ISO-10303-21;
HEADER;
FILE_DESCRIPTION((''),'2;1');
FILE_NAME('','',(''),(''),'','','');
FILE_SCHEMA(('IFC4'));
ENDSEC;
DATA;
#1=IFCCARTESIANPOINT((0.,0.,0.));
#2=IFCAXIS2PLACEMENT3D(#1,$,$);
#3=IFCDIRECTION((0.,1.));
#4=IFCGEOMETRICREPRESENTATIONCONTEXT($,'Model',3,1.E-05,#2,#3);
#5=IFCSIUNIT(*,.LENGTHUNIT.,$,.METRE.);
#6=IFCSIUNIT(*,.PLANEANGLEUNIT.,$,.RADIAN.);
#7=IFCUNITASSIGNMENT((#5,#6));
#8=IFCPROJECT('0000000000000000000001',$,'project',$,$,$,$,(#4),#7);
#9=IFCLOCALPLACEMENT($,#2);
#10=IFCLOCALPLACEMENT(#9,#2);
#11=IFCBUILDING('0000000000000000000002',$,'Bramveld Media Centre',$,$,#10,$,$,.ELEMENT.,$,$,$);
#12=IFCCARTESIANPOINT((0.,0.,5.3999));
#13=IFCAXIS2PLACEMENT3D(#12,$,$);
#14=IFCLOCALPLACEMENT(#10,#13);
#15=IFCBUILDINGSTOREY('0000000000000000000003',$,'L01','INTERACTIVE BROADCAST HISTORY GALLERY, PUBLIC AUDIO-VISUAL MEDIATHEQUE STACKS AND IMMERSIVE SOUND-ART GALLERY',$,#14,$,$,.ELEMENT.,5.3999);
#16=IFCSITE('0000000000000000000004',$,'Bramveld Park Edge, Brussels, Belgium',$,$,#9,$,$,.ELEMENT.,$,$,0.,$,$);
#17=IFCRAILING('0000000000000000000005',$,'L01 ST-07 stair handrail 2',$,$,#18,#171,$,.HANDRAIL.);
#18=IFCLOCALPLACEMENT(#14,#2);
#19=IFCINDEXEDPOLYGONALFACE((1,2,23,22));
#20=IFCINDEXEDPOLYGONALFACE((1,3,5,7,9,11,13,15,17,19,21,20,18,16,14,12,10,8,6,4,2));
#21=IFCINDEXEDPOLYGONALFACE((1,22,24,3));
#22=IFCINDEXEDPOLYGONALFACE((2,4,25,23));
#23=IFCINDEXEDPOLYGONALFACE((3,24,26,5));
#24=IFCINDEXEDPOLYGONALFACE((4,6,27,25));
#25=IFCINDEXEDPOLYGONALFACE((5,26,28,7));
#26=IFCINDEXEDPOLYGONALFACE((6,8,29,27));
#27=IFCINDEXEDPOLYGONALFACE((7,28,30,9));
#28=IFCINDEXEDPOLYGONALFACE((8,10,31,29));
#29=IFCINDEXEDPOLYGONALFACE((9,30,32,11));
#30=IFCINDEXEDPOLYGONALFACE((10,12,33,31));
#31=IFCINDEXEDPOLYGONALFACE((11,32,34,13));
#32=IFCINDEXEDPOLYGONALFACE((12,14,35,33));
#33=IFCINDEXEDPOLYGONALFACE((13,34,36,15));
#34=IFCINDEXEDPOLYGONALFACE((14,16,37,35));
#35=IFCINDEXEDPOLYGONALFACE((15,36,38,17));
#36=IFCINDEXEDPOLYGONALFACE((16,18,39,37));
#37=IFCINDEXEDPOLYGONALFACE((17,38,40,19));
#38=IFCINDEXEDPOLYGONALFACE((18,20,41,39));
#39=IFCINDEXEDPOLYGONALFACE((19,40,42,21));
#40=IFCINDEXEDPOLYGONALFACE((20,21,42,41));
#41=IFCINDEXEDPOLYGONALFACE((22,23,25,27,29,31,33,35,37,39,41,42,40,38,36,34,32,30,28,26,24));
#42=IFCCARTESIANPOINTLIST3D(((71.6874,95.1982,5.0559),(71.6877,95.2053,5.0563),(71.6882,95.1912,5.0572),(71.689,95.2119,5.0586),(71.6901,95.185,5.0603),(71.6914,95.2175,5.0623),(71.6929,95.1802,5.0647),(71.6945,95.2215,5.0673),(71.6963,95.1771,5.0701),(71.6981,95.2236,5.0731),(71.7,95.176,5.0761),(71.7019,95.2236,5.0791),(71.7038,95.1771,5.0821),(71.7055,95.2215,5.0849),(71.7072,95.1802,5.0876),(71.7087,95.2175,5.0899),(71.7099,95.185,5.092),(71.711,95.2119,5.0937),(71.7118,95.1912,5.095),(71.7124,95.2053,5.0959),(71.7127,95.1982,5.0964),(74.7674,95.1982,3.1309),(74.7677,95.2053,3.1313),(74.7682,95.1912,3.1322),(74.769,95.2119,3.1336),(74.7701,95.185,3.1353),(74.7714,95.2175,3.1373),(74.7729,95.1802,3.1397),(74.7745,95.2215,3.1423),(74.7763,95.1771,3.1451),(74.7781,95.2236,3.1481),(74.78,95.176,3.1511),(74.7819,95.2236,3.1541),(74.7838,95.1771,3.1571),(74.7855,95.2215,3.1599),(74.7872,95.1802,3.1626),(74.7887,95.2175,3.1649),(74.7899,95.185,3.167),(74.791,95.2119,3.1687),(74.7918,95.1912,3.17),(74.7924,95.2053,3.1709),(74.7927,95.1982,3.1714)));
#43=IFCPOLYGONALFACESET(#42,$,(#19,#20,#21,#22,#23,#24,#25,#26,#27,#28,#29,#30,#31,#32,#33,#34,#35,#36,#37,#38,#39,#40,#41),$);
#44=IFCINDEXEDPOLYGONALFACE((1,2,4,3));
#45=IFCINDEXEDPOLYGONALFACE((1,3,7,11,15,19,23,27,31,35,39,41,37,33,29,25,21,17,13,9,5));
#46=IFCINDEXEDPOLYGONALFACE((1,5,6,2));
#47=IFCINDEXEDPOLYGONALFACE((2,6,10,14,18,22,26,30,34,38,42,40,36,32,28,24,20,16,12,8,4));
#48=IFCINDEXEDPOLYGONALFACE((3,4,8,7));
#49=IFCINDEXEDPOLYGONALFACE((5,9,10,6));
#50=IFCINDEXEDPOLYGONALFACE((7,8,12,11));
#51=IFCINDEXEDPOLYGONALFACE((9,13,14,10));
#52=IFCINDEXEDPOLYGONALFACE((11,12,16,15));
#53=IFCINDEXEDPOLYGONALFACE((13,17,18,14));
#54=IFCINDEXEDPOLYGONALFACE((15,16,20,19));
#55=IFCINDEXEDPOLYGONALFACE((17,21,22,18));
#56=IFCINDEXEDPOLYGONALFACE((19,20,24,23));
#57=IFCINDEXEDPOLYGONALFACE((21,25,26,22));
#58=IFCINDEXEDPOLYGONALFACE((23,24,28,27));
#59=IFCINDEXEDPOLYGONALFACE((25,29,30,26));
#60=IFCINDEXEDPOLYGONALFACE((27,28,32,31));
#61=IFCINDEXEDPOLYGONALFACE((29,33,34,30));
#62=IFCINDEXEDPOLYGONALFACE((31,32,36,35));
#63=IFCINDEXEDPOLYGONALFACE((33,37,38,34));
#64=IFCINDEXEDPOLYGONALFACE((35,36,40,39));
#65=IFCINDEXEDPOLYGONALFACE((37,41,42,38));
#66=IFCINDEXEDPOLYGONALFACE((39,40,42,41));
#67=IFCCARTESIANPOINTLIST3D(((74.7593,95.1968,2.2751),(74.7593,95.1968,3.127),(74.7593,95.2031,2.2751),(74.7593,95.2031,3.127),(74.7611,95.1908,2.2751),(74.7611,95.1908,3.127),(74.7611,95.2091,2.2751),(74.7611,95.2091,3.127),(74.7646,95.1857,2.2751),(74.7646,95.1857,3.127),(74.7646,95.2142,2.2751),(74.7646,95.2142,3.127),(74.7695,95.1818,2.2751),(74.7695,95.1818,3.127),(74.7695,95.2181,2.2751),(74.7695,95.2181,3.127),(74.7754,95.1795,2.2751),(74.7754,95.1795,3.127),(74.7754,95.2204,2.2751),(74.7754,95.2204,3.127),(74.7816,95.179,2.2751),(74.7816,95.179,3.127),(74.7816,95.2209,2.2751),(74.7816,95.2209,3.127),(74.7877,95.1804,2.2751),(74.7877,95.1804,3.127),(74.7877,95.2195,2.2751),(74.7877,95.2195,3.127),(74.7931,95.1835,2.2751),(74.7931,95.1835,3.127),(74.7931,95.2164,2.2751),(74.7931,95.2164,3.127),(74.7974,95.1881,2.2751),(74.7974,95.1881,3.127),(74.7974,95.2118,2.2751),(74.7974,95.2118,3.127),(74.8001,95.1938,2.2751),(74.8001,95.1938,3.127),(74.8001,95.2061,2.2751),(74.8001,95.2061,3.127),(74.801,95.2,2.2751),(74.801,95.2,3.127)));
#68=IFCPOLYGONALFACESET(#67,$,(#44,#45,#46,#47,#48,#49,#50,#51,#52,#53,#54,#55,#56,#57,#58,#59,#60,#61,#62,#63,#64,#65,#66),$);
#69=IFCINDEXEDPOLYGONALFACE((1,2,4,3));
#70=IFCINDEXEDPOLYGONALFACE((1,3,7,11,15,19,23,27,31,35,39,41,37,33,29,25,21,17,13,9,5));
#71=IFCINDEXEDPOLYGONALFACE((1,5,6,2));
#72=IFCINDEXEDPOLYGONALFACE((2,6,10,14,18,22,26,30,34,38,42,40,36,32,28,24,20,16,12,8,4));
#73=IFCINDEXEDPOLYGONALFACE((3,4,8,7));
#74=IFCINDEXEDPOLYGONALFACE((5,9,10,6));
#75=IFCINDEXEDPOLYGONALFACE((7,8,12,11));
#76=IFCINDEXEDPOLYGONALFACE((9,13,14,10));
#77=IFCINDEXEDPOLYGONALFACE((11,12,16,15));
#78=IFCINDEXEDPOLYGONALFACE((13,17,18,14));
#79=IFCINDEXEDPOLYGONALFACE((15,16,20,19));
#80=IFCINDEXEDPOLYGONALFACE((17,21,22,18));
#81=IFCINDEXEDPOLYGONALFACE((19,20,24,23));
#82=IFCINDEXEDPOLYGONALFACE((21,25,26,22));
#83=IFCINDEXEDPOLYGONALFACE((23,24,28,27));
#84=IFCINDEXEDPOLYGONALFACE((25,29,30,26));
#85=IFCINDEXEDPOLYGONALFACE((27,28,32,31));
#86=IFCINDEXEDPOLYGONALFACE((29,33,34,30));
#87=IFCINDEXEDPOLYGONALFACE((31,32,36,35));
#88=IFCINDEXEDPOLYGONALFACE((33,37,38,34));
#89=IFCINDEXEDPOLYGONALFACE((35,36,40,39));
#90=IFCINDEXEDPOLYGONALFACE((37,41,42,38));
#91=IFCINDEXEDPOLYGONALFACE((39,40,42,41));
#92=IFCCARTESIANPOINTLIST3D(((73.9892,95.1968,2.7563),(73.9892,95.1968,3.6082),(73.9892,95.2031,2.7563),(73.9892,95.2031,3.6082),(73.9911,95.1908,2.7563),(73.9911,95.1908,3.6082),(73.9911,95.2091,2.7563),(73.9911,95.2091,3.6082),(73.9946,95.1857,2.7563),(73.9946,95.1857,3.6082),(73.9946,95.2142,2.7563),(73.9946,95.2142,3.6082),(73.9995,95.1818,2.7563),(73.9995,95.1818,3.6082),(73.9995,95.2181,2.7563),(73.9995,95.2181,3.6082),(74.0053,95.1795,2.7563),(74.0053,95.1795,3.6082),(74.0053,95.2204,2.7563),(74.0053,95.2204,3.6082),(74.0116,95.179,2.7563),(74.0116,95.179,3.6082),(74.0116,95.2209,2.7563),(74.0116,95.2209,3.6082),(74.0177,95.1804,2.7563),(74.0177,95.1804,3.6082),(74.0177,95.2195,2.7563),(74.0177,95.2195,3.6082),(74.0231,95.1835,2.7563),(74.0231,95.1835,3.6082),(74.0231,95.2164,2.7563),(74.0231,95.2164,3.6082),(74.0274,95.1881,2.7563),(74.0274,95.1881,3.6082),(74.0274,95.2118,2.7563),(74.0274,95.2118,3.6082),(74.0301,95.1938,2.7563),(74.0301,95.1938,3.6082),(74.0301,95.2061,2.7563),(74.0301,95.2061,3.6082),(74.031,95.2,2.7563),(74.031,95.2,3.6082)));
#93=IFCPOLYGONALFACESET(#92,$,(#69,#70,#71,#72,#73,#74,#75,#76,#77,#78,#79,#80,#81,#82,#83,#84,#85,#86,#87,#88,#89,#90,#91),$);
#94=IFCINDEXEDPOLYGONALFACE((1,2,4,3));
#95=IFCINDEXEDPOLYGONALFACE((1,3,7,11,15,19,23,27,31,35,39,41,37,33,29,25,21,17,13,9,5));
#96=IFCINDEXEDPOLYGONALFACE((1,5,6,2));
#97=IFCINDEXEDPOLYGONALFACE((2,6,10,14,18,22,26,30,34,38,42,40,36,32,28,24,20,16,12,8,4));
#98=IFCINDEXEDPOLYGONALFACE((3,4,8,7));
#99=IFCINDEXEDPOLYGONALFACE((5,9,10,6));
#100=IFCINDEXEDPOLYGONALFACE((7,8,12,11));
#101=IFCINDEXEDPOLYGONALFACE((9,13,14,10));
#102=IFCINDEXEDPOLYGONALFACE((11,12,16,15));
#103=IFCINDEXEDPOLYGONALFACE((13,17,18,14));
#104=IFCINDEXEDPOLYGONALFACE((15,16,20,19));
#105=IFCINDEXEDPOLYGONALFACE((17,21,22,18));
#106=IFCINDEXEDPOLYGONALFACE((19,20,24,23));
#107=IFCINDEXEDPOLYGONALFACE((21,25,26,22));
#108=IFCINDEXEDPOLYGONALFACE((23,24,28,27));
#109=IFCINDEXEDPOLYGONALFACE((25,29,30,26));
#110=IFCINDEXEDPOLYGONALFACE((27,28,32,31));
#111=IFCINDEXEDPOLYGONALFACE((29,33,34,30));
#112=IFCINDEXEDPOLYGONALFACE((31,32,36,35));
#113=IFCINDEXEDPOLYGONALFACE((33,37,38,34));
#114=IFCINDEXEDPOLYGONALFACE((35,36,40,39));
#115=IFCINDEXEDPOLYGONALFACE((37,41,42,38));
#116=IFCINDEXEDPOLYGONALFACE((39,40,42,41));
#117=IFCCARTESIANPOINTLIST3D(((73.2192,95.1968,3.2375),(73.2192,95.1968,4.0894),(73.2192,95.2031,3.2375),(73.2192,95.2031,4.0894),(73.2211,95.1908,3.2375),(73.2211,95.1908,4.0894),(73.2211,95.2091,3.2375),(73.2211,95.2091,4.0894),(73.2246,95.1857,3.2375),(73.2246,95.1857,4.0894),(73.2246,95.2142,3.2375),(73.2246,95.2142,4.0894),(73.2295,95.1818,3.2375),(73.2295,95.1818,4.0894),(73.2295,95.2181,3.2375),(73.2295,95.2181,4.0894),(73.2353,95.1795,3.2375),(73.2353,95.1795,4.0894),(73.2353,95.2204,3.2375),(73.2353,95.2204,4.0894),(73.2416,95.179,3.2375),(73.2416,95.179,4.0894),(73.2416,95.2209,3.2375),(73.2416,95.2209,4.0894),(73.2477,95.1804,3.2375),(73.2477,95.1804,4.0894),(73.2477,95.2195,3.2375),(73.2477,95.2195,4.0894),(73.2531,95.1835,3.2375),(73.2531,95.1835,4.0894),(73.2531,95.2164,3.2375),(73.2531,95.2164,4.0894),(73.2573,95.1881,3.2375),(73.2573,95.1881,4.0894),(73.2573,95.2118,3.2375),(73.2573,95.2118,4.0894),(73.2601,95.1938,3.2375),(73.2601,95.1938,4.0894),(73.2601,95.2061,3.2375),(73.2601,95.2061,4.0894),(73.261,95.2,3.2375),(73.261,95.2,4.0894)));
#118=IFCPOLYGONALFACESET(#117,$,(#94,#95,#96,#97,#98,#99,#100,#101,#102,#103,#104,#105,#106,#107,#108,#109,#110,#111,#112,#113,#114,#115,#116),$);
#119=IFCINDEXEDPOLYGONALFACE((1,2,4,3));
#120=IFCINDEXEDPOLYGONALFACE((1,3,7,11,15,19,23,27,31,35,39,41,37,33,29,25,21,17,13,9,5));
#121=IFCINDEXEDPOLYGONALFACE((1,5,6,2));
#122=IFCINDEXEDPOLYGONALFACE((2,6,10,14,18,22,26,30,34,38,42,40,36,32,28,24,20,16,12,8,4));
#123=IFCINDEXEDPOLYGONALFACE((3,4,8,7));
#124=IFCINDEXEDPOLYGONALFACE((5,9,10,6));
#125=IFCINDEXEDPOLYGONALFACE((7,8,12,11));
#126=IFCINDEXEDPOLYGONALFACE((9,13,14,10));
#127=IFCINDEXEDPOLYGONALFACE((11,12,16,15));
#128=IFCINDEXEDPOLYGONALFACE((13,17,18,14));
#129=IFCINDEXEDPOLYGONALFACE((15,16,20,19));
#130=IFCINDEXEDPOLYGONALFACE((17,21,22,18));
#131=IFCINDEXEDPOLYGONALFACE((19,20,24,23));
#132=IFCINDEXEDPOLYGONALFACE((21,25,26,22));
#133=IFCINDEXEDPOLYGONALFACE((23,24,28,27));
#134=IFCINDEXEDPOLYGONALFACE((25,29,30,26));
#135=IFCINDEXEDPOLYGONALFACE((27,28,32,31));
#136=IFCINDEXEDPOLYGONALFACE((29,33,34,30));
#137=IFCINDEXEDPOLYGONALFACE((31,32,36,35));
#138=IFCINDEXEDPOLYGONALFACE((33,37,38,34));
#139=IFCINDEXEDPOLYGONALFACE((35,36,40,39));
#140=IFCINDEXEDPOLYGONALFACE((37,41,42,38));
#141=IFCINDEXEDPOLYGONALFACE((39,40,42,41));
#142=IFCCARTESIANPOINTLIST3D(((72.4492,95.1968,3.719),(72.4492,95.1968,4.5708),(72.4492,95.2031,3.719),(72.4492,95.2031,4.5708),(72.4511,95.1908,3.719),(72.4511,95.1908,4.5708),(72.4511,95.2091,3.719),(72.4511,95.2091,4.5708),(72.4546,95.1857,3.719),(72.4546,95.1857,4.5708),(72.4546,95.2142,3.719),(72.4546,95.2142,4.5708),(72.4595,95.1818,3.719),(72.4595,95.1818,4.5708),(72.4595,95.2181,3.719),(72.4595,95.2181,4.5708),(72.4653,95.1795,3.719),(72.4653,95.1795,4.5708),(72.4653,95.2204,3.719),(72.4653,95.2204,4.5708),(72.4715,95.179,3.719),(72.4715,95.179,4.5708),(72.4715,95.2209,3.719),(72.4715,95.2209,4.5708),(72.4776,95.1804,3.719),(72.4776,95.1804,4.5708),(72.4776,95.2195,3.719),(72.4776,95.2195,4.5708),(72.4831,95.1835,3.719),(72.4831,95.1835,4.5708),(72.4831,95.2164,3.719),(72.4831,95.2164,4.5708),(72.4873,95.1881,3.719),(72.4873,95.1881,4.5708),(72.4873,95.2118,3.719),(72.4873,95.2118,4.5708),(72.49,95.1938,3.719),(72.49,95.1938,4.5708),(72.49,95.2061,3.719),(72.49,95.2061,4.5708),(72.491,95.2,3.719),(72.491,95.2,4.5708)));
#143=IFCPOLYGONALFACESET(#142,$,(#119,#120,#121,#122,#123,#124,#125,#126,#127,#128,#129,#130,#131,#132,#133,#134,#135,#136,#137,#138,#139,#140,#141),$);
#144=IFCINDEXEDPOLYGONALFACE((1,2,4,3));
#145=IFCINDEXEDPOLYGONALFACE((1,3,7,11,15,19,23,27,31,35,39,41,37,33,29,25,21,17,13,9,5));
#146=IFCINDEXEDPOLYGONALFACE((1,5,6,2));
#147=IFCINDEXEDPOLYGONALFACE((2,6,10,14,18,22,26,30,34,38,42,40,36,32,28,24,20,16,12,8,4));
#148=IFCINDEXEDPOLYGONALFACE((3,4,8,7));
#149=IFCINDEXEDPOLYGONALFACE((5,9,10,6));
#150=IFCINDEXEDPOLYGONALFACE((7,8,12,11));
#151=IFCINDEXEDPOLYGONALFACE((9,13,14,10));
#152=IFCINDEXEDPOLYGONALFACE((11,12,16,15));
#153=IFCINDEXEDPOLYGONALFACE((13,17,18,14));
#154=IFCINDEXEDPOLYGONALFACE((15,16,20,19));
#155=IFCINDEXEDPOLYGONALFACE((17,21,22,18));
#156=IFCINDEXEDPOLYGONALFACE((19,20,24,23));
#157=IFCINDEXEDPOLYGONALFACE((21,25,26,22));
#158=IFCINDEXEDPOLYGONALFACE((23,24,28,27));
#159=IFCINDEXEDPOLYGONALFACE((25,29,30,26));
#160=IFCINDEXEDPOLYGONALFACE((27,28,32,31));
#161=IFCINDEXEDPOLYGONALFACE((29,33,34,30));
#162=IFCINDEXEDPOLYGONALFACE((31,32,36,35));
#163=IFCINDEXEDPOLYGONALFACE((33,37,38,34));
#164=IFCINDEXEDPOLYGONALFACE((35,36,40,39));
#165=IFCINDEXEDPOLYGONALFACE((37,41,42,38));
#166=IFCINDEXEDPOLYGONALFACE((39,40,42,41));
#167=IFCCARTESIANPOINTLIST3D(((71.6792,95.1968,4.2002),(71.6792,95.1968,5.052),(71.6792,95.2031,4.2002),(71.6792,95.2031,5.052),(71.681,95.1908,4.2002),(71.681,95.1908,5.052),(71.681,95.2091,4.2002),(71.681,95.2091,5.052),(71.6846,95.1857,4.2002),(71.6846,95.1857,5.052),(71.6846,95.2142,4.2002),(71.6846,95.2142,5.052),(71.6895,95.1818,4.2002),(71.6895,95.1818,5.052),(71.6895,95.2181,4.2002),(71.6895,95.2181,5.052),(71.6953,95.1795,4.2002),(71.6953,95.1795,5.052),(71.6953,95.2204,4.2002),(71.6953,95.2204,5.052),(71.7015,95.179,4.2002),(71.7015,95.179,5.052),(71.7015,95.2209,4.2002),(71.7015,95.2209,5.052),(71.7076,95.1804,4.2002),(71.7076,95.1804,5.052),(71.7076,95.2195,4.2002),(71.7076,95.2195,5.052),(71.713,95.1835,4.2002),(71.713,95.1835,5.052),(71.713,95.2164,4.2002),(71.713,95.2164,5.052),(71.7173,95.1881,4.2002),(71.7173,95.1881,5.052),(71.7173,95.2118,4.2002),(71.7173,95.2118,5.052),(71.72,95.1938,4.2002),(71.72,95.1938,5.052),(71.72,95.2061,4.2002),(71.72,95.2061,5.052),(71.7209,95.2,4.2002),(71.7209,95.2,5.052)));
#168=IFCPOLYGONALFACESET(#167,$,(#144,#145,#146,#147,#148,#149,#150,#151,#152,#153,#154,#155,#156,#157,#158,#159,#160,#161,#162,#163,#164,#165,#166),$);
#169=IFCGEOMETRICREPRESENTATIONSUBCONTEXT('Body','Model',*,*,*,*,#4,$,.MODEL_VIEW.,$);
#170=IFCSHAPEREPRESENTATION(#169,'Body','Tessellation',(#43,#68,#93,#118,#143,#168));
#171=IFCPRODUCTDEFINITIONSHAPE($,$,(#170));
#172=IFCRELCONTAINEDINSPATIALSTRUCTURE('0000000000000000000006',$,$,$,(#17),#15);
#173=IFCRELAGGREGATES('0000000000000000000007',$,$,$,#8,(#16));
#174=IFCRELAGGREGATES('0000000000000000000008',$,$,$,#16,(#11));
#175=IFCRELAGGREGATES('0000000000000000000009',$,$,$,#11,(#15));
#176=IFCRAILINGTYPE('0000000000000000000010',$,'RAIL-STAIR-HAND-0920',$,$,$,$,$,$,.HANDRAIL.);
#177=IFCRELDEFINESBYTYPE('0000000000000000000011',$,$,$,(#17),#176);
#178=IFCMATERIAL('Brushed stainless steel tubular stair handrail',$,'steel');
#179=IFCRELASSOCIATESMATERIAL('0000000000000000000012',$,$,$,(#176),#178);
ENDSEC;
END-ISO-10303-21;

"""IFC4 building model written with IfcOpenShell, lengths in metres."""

from ifc_helpers import new_model, si_unit, direction, frame, origin, origin_2d, place, context, subcontext, project, spatial, circle, extrude, material, type_object, element, save


model = new_model("IFC4")

# Units and contexts
model_context = context("Model", 3, precision=1e-05, world=origin(), true_north=direction((0.0, 1.0)))
body_context = subcontext(model_context, "Body", "Model", "MODEL_VIEW")
ifc_project = project(units=[si_unit("LENGTHUNIT", "METRE"), si_unit("PLANEANGLEUNIT", "RADIAN")], contexts=[model_context])

# Site, building, storey
site_placement = place(None, origin())
site = spatial("IfcSite", under=ifc_project, at=site_placement, Name="Bramveld Park Edge, Brussels, Belgium", CompositionType="ELEMENT", RefElevation=0.0)
building_placement = place(site_placement, origin())
building = spatial("IfcBuilding", under=site, at=building_placement, Name="Bramveld Media Centre", CompositionType="ELEMENT")
storey_placement = place(building_placement, frame((0.0, 0.0, 5.3999)))
storey = spatial("IfcBuildingStorey", under=building, at=storey_placement, Name="L01", Description="INTERACTIVE BROADCAST HISTORY GALLERY, PUBLIC AUDIO-VISUAL MEDIATHEQUE STACKS AND IMMERSIVE SOUND-ART GALLERY", CompositionType="ELEMENT", Elevation=5.3999)

# Railing
ifc_material_1 = material(Name="Brushed stainless steel tubular stair handrail", Category="steel")
railing_type_1 = type_object("IfcRailingType", Name="RAIL-STAIR-HAND-0920", PredefinedType="HANDRAIL", material=ifc_material_1)
railing_1_placement = place(storey_placement, frame((74.78, 95.2, 2.2751)))
element("IfcRailing", 1, at=railing_1_placement, inside=storey, type_object=railing_type_1, Name="L01 ST-07 stair handrail 2", PredefinedType="HANDRAIL", context=body_context, shape_type="SweptSolid", body=[
    extrude(circle(Radius=0.0239, at=origin_2d()), frame((0.0, 0.0, 0.876), z_axis=(-0.847998, 0.0, 0.529999), x_axis=(0.0, -1.0, 0.0)), (0.0, 0.0, 1.0), 3.6321),
    extrude(circle(Radius=0.021, at=origin_2d()), origin(), (0.0, 0.0, 1.0), 0.8518),
    extrude(circle(Radius=0.021, at=origin_2d()), frame((-0.77, 0.0, 0.4812)), (0.0, 0.0, 1.0), 0.8518),
    extrude(circle(Radius=0.021, at=origin_2d()), frame((-1.54, 0.0, 0.9624)), (0.0, 0.0, 1.0), 0.8518),
    extrude(circle(Radius=0.021, at=origin_2d()), frame((-2.3101, 0.0, 1.4438)), (0.0, 0.0, 1.0), 0.8518),
    extrude(circle(Radius=0.021, at=origin_2d()), frame((-3.0801, 0.0, 1.925)), (0.0, 0.0, 1.0), 0.8518),
])

save(model, "model.ifc")
